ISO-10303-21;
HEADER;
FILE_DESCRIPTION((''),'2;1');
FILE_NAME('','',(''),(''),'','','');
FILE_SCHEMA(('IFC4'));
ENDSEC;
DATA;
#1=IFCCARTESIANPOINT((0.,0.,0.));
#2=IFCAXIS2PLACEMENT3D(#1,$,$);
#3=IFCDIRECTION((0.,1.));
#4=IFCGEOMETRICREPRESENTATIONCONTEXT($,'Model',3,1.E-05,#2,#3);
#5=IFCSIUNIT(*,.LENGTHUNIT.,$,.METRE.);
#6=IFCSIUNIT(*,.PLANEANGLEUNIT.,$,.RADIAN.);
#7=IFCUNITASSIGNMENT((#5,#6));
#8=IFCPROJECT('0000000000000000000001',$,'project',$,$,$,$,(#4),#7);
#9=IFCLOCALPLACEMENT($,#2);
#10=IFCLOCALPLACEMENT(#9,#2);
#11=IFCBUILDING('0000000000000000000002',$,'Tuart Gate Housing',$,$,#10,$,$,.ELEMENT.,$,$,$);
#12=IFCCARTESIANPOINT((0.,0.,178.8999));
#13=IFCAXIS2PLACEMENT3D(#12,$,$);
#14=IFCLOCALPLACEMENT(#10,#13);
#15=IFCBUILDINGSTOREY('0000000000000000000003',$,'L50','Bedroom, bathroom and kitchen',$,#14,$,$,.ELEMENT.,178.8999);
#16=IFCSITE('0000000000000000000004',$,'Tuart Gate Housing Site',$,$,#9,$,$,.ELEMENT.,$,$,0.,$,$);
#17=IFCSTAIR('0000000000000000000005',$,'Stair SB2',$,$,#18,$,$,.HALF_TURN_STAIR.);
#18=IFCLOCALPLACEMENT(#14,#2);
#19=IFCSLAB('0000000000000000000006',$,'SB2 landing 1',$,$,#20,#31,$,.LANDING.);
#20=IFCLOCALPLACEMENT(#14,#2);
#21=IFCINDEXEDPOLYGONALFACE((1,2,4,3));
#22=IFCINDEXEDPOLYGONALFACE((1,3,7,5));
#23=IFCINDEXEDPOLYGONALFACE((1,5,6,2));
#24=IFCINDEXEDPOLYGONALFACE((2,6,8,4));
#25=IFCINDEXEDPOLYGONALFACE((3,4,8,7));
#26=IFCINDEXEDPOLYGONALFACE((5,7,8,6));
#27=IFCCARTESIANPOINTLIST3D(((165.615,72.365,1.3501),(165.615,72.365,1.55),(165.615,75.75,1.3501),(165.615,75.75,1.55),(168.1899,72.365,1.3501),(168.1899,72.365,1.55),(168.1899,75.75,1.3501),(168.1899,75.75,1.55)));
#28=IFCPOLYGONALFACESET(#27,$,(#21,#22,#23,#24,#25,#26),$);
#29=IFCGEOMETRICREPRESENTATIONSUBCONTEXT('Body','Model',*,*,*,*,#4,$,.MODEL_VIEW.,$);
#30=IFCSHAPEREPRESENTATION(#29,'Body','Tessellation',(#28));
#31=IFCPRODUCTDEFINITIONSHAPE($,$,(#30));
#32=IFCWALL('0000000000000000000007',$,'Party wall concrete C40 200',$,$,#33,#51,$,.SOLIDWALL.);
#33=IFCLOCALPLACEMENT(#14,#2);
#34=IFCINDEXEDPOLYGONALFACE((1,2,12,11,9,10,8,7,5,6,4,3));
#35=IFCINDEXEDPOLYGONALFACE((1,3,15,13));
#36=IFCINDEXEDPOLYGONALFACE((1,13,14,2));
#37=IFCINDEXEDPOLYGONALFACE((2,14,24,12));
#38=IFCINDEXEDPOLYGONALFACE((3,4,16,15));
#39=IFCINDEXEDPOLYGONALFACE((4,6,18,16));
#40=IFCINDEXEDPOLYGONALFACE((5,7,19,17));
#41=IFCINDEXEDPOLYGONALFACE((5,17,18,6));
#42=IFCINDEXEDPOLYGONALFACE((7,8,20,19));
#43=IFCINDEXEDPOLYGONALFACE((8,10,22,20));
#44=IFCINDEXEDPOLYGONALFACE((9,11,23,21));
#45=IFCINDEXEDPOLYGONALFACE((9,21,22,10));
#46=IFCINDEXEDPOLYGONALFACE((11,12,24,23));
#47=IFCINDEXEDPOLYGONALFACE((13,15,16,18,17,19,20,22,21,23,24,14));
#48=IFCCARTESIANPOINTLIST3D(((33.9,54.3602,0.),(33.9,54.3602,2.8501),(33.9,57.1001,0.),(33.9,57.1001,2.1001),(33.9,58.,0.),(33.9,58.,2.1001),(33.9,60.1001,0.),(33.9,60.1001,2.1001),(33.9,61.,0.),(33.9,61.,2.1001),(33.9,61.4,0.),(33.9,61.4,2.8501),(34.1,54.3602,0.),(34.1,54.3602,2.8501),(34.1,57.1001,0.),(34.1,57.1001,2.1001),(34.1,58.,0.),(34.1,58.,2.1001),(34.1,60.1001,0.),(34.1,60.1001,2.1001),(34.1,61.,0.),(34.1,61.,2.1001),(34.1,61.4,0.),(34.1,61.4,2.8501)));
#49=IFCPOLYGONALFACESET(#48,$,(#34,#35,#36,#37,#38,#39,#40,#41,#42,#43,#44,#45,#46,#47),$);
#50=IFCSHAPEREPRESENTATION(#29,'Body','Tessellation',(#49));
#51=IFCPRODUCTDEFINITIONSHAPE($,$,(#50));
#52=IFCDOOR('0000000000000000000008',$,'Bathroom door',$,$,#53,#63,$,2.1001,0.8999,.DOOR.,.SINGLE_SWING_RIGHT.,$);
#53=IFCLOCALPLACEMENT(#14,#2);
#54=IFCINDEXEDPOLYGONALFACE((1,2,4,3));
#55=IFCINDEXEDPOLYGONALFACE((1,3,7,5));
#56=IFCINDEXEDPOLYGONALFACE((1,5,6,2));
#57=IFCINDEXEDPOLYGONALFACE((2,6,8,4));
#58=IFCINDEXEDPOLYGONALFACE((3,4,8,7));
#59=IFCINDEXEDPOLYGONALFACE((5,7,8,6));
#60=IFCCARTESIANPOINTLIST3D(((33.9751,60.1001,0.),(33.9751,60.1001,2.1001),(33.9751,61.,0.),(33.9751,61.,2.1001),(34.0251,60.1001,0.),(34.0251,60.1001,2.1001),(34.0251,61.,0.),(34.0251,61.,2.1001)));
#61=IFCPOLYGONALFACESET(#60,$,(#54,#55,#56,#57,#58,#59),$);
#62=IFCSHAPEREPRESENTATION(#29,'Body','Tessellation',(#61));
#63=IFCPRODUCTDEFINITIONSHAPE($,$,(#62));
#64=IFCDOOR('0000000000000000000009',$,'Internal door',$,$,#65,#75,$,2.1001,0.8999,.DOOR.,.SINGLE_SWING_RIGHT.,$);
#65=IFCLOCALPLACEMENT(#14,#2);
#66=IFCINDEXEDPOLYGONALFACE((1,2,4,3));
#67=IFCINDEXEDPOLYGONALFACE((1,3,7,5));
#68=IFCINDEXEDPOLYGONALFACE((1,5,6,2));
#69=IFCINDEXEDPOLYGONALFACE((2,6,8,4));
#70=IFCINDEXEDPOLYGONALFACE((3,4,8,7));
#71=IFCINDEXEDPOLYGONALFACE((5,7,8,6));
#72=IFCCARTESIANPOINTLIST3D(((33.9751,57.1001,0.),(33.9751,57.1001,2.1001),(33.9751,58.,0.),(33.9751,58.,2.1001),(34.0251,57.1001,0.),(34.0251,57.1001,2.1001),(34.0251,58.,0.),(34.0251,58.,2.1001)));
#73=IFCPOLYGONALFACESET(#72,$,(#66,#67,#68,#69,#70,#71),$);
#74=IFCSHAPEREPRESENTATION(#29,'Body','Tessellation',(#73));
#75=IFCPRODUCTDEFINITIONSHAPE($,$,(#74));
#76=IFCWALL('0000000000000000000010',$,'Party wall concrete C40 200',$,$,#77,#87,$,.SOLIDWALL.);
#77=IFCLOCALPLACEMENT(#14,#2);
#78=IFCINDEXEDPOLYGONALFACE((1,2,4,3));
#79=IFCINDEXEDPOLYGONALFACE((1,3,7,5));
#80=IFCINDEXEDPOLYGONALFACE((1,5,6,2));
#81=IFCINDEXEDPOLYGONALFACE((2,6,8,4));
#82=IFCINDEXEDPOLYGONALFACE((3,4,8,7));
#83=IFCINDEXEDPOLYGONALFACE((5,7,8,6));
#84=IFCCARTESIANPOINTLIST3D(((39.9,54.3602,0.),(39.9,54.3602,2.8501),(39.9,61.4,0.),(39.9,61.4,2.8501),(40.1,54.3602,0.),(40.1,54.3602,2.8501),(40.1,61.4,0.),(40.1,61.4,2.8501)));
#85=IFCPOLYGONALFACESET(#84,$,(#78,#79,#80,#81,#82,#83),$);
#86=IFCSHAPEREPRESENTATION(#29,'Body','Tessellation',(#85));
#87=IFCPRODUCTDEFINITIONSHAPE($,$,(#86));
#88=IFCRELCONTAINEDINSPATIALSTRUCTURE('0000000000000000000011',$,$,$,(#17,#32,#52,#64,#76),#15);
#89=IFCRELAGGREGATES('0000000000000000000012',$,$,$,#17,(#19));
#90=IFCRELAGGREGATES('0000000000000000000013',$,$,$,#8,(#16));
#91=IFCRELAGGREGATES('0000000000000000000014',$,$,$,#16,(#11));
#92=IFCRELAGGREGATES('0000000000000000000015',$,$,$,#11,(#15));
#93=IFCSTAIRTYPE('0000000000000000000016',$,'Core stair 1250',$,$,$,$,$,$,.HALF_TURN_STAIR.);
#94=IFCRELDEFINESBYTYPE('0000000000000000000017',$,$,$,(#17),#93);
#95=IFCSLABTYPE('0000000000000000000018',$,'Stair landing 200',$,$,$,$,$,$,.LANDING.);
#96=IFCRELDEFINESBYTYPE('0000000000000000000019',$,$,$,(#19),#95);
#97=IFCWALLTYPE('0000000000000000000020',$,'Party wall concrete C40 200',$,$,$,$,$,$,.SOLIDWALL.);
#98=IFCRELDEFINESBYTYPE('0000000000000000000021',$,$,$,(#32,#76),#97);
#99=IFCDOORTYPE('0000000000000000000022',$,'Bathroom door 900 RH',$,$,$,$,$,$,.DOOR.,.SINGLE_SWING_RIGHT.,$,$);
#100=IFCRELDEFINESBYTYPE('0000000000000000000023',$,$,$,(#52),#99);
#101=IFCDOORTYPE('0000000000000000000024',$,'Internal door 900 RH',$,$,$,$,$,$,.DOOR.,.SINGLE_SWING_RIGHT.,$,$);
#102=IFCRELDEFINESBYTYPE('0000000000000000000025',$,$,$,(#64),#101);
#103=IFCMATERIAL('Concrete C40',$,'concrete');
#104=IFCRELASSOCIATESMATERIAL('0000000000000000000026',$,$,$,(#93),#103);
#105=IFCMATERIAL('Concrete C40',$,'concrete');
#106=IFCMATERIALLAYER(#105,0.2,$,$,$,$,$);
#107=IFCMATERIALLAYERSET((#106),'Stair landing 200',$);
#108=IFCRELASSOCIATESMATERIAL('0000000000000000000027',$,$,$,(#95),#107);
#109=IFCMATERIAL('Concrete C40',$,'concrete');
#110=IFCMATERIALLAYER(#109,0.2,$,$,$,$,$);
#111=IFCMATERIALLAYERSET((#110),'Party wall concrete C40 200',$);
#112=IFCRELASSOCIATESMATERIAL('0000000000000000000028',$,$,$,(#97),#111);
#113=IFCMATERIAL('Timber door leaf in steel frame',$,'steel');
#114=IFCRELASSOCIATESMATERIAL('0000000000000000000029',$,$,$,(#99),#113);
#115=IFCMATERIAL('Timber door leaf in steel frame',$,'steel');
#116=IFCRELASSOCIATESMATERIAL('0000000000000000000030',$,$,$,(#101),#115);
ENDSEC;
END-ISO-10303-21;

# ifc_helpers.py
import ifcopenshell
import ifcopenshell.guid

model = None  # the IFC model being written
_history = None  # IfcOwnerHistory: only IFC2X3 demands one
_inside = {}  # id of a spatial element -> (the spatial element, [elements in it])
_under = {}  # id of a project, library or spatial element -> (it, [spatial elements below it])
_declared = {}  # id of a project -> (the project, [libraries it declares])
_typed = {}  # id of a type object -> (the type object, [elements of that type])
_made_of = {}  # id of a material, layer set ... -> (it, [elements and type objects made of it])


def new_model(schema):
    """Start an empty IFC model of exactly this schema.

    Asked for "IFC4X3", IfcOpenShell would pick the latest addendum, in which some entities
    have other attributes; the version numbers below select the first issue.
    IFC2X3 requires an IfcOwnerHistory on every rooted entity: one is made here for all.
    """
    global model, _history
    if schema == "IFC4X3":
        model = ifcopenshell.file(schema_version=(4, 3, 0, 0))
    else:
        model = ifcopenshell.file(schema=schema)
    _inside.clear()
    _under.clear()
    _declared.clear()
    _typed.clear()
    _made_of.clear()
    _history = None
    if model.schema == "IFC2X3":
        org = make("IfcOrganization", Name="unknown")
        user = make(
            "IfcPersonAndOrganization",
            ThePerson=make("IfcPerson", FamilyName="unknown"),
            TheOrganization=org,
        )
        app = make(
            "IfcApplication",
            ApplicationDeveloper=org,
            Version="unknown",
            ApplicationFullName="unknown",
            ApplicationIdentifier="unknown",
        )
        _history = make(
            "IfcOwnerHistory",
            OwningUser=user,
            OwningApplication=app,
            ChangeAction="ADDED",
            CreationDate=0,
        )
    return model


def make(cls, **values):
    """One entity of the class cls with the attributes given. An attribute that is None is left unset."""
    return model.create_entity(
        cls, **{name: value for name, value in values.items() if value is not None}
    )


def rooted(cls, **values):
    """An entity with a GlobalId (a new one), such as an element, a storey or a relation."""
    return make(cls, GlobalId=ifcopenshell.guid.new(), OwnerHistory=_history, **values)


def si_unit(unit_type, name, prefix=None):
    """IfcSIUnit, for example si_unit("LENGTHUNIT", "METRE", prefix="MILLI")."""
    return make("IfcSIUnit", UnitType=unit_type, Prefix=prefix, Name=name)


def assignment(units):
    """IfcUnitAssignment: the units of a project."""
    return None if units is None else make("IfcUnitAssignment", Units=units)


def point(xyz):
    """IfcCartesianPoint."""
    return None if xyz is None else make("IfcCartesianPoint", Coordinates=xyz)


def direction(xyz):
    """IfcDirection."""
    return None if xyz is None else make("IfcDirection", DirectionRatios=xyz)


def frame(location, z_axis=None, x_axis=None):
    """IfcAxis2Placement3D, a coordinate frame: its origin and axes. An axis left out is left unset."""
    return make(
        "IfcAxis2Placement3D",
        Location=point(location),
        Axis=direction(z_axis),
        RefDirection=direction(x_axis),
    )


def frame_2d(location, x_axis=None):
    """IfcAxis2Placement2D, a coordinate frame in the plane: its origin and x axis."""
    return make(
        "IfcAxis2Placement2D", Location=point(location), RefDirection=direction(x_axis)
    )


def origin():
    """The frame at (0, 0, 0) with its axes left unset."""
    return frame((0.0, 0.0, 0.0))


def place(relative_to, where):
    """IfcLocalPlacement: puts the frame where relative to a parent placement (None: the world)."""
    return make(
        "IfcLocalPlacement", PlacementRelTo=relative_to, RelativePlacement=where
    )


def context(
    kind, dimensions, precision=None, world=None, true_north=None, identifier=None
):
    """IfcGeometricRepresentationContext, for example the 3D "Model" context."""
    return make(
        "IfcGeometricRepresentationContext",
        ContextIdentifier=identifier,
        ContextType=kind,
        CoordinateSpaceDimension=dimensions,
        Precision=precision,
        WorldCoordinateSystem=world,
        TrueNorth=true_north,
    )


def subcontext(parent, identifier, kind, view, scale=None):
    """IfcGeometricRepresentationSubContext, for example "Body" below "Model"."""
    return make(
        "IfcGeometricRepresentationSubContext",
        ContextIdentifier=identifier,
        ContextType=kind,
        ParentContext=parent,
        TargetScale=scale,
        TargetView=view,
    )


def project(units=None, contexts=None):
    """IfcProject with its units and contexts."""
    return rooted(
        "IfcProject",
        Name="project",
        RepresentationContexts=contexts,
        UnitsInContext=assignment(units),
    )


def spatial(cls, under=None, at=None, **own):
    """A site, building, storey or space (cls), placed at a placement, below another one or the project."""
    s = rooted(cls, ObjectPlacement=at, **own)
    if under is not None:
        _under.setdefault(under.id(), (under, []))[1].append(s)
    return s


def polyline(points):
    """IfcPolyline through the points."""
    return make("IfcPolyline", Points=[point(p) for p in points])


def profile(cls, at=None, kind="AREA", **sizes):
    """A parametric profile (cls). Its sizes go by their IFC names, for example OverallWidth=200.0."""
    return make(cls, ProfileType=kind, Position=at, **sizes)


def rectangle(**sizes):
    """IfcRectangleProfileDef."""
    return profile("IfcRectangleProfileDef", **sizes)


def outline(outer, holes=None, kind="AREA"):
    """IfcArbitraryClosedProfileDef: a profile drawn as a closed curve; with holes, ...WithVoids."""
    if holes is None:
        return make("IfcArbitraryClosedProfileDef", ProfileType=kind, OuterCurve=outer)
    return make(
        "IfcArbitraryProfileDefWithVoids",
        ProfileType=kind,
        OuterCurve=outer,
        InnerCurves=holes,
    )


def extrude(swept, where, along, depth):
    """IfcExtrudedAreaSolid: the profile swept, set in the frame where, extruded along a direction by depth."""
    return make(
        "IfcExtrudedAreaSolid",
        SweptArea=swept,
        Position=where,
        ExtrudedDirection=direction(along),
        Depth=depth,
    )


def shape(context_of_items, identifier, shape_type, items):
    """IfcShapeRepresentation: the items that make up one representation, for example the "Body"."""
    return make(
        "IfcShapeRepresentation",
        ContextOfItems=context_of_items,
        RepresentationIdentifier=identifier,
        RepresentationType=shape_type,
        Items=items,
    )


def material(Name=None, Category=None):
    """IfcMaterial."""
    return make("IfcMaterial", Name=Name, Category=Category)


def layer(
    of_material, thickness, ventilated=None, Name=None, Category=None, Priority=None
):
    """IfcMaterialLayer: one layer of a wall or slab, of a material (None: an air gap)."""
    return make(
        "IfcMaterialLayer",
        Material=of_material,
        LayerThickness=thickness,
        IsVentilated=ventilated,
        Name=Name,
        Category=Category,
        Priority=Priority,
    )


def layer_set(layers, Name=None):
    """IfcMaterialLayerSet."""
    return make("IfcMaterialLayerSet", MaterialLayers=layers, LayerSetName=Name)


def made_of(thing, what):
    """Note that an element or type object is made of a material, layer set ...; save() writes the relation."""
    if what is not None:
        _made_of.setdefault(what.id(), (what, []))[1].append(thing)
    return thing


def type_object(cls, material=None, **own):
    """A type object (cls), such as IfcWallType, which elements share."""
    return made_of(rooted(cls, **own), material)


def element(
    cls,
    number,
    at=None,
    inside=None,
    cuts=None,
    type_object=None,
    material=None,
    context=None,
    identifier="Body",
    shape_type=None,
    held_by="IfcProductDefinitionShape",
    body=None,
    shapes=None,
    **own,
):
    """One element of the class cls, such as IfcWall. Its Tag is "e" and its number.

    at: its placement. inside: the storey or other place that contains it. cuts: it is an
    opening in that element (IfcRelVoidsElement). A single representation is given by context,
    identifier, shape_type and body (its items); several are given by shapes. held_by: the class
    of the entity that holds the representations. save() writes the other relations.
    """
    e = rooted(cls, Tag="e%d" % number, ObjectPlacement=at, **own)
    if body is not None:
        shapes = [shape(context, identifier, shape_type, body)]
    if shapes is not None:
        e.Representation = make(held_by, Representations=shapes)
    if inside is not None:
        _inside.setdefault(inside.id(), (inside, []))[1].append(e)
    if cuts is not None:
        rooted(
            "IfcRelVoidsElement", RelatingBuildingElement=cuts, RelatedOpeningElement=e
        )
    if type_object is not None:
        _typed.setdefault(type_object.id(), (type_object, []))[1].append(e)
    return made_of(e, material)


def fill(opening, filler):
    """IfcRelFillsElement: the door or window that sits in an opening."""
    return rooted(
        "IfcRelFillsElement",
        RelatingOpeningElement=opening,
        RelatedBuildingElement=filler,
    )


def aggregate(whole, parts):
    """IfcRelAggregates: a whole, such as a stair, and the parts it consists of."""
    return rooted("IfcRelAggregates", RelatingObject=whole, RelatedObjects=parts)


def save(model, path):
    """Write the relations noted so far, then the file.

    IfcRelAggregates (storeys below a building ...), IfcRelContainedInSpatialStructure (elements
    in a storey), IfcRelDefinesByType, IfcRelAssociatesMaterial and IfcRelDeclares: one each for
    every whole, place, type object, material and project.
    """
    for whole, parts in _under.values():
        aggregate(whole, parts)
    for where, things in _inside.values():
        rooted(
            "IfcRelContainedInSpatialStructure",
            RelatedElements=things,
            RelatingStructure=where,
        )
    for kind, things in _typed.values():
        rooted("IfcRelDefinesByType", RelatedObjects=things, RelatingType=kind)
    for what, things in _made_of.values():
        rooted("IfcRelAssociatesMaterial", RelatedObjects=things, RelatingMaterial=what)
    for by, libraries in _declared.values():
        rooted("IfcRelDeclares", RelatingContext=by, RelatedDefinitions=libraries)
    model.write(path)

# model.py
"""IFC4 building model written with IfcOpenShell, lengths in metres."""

from ifc_helpers import new_model, si_unit, direction, frame, frame_2d, origin, place, context, subcontext, project, spatial, polyline, rectangle, outline, extrude, material, layer, layer_set, type_object, element, fill, aggregate, save


model = new_model("IFC4")

# Units and contexts
model_context = context("Model", 3, precision=1e-05, world=origin(), true_north=direction((0.0, 1.0)))
body_context = subcontext(model_context, "Body", "Model", "MODEL_VIEW")
ifc_project = project(units=[si_unit("LENGTHUNIT", "METRE"), si_unit("PLANEANGLEUNIT", "RADIAN")], contexts=[model_context])

# Site, building, storey
site_placement = place(None, origin())
site = spatial("IfcSite", under=ifc_project, at=site_placement, Name="Tuart Gate Housing Site", CompositionType="ELEMENT", RefElevation=0.0)
building_placement = place(site_placement, origin())
building = spatial("IfcBuilding", under=site, at=building_placement, Name="Tuart Gate Housing", CompositionType="ELEMENT")
storey_placement = place(building_placement, frame((0.0, 0.0, 178.8999)))
storey = spatial("IfcBuildingStorey", under=building, at=storey_placement, Name="L50", Description="Bedroom, bathroom and kitchen", CompositionType="ELEMENT", Elevation=178.8999)

# Stair, slab
ifc_material_1 = material(Name="Concrete C40", Category="concrete")
stair_type = type_object("IfcStairType", Name="Core stair 1250", PredefinedType="HALF_TURN_STAIR", material=ifc_material_1)
stair_placement = place(storey_placement, origin())
stair = element("IfcStair", 1, at=stair_placement, inside=storey, type_object=stair_type, Name="Stair SB2", PredefinedType="HALF_TURN_STAIR")
ifc_material_2 = material(Name="Concrete C40", Category="concrete")
ifc_layer_1 = layer(ifc_material_2, 0.2)
ifc_layer_set_1 = layer_set([ifc_layer_1], Name="Stair landing 200")
slab_type = type_object("IfcSlabType", Name="Stair landing 200", PredefinedType="LANDING", material=ifc_layer_set_1)
slab_placement = place(storey_placement, frame((0.0, 0.0, 1.3501)))
slab = element("IfcSlab", 2, at=slab_placement, type_object=slab_type, Name="SB2 landing 1", PredefinedType="LANDING", context=body_context, shape_type="SweptSolid", body=[
    extrude(outline(polyline([(165.615, 72.365), (168.1899, 72.365), (168.1899, 75.75), (165.615, 75.75), (165.615, 72.365)])), origin(), (0.0, 0.0, 1.0), 0.2),
])
aggregate(stair, [slab])

# Wall, openings, doors
ifc_material_3 = material(Name="Concrete C40", Category="concrete")
ifc_layer_2 = layer(ifc_material_3, 0.2)
ifc_layer_set_2 = layer_set([ifc_layer_2], Name="Party wall concrete C40 200")
wall_type_1 = type_object("IfcWallType", Name="Party wall concrete C40 200", PredefinedType="SOLIDWALL", material=ifc_layer_set_2)
wall_1_placement = place(storey_placement, frame((34.0, 54.3601, 0.0), z_axis=(0.0, 0.0, 1.0), x_axis=(0.0, 1.0, 0.0)))
wall_1 = element("IfcWall", 3, at=wall_1_placement, inside=storey, type_object=wall_type_1, Name="Party wall concrete C40 200", PredefinedType="SOLIDWALL", context=body_context, shape_type="SweptSolid", body=[
    extrude(rectangle(XDim=7.0398, YDim=0.2, at=frame_2d((3.52, 0.0))), origin(), (0.0, 0.0, 1.0), 2.8501),
])
opening_1_placement = place(wall_1_placement, frame((2.74, 0.0, 0.0)))
opening_1 = element("IfcOpeningElement", 4, at=opening_1_placement, cuts=wall_1, PredefinedType="OPENING", context=body_context, shape_type="SweptSolid", body=[
    extrude(rectangle(XDim=0.8999, YDim=2.1001, at=frame_2d((0.45, 1.05))), frame((0.0, 0.1099, 0.0), z_axis=(0.0, -1.0, 0.0), x_axis=(1.0, 0.0, 0.0)), (0.0, 0.0, 1.0), 0.22),
])
opening_2_placement = place(wall_1_placement, frame((5.74, 0.0, 0.0)))
opening_2 = element("IfcOpeningElement", 5, at=opening_2_placement, cuts=wall_1, PredefinedType="OPENING", context=body_context, shape_type="SweptSolid", body=[
    extrude(rectangle(XDim=0.8999, YDim=2.1001, at=frame_2d((0.45, 1.05))), frame((0.0, 0.1099, 0.0), z_axis=(0.0, -1.0, 0.0), x_axis=(1.0, 0.0, 0.0)), (0.0, 0.0, 1.0), 0.22),
])
ifc_material_4 = material(Name="Timber door leaf in steel frame", Category="steel")
door_type_1 = type_object("IfcDoorType", Name="Bathroom door 900 RH", OperationType="SINGLE_SWING_RIGHT", PredefinedType="DOOR", material=ifc_material_4)
door_1_placement = place(opening_2_placement, origin())
door_1 = element("IfcDoor", 6, at=door_1_placement, inside=storey, type_object=door_type_1, Name="Bathroom door", OperationType="SINGLE_SWING_RIGHT", OverallHeight=2.1001, OverallWidth=0.8999, PredefinedType="DOOR", context=body_context, shape_type="SweptSolid", body=[
    extrude(rectangle(XDim=0.8999, YDim=2.1001, at=frame_2d((0.45, 1.05))), frame((0.0, 0.0249, 0.0), z_axis=(0.0, -1.0, 0.0), x_axis=(1.0, 0.0, 0.0)), (0.0, 0.0, 1.0), 0.05),
])
fill(opening_2, door_1)
ifc_material_5 = material(Name="Timber door leaf in steel frame", Category="steel")
door_type_2 = type_object("IfcDoorType", Name="Internal door 900 RH", OperationType="SINGLE_SWING_RIGHT", PredefinedType="DOOR", material=ifc_material_5)
door_2_placement = place(opening_1_placement, origin())
door_2 = element("IfcDoor", 7, at=door_2_placement, inside=storey, type_object=door_type_2, Name="Internal door", OperationType="SINGLE_SWING_RIGHT", OverallHeight=2.1001, OverallWidth=0.8999, PredefinedType="DOOR", context=body_context, shape_type="SweptSolid", body=[
    extrude(rectangle(XDim=0.8999, YDim=2.1001, at=frame_2d((0.45, 1.05))), frame((0.0, 0.0249, 0.0), z_axis=(0.0, -1.0, 0.0), x_axis=(1.0, 0.0, 0.0)), (0.0, 0.0, 1.0), 0.05),
])
fill(opening_1, door_2)

# Wall
wall_2_placement = place(storey_placement, frame((40.0, 54.3601, 0.0), z_axis=(0.0, 0.0, 1.0), x_axis=(0.0, 1.0, 0.0)))
element("IfcWall", 8, at=wall_2_placement, inside=storey, type_object=wall_type_1, Name="Party wall concrete C40 200", PredefinedType="SOLIDWALL", context=body_context, shape_type="SweptSolid", body=[
    extrude(rectangle(XDim=7.0398, YDim=0.2, at=frame_2d((3.52, 0.0))), origin(), (0.0, 0.0, 1.0), 2.8501),
])

save(model, "model.ifc")
